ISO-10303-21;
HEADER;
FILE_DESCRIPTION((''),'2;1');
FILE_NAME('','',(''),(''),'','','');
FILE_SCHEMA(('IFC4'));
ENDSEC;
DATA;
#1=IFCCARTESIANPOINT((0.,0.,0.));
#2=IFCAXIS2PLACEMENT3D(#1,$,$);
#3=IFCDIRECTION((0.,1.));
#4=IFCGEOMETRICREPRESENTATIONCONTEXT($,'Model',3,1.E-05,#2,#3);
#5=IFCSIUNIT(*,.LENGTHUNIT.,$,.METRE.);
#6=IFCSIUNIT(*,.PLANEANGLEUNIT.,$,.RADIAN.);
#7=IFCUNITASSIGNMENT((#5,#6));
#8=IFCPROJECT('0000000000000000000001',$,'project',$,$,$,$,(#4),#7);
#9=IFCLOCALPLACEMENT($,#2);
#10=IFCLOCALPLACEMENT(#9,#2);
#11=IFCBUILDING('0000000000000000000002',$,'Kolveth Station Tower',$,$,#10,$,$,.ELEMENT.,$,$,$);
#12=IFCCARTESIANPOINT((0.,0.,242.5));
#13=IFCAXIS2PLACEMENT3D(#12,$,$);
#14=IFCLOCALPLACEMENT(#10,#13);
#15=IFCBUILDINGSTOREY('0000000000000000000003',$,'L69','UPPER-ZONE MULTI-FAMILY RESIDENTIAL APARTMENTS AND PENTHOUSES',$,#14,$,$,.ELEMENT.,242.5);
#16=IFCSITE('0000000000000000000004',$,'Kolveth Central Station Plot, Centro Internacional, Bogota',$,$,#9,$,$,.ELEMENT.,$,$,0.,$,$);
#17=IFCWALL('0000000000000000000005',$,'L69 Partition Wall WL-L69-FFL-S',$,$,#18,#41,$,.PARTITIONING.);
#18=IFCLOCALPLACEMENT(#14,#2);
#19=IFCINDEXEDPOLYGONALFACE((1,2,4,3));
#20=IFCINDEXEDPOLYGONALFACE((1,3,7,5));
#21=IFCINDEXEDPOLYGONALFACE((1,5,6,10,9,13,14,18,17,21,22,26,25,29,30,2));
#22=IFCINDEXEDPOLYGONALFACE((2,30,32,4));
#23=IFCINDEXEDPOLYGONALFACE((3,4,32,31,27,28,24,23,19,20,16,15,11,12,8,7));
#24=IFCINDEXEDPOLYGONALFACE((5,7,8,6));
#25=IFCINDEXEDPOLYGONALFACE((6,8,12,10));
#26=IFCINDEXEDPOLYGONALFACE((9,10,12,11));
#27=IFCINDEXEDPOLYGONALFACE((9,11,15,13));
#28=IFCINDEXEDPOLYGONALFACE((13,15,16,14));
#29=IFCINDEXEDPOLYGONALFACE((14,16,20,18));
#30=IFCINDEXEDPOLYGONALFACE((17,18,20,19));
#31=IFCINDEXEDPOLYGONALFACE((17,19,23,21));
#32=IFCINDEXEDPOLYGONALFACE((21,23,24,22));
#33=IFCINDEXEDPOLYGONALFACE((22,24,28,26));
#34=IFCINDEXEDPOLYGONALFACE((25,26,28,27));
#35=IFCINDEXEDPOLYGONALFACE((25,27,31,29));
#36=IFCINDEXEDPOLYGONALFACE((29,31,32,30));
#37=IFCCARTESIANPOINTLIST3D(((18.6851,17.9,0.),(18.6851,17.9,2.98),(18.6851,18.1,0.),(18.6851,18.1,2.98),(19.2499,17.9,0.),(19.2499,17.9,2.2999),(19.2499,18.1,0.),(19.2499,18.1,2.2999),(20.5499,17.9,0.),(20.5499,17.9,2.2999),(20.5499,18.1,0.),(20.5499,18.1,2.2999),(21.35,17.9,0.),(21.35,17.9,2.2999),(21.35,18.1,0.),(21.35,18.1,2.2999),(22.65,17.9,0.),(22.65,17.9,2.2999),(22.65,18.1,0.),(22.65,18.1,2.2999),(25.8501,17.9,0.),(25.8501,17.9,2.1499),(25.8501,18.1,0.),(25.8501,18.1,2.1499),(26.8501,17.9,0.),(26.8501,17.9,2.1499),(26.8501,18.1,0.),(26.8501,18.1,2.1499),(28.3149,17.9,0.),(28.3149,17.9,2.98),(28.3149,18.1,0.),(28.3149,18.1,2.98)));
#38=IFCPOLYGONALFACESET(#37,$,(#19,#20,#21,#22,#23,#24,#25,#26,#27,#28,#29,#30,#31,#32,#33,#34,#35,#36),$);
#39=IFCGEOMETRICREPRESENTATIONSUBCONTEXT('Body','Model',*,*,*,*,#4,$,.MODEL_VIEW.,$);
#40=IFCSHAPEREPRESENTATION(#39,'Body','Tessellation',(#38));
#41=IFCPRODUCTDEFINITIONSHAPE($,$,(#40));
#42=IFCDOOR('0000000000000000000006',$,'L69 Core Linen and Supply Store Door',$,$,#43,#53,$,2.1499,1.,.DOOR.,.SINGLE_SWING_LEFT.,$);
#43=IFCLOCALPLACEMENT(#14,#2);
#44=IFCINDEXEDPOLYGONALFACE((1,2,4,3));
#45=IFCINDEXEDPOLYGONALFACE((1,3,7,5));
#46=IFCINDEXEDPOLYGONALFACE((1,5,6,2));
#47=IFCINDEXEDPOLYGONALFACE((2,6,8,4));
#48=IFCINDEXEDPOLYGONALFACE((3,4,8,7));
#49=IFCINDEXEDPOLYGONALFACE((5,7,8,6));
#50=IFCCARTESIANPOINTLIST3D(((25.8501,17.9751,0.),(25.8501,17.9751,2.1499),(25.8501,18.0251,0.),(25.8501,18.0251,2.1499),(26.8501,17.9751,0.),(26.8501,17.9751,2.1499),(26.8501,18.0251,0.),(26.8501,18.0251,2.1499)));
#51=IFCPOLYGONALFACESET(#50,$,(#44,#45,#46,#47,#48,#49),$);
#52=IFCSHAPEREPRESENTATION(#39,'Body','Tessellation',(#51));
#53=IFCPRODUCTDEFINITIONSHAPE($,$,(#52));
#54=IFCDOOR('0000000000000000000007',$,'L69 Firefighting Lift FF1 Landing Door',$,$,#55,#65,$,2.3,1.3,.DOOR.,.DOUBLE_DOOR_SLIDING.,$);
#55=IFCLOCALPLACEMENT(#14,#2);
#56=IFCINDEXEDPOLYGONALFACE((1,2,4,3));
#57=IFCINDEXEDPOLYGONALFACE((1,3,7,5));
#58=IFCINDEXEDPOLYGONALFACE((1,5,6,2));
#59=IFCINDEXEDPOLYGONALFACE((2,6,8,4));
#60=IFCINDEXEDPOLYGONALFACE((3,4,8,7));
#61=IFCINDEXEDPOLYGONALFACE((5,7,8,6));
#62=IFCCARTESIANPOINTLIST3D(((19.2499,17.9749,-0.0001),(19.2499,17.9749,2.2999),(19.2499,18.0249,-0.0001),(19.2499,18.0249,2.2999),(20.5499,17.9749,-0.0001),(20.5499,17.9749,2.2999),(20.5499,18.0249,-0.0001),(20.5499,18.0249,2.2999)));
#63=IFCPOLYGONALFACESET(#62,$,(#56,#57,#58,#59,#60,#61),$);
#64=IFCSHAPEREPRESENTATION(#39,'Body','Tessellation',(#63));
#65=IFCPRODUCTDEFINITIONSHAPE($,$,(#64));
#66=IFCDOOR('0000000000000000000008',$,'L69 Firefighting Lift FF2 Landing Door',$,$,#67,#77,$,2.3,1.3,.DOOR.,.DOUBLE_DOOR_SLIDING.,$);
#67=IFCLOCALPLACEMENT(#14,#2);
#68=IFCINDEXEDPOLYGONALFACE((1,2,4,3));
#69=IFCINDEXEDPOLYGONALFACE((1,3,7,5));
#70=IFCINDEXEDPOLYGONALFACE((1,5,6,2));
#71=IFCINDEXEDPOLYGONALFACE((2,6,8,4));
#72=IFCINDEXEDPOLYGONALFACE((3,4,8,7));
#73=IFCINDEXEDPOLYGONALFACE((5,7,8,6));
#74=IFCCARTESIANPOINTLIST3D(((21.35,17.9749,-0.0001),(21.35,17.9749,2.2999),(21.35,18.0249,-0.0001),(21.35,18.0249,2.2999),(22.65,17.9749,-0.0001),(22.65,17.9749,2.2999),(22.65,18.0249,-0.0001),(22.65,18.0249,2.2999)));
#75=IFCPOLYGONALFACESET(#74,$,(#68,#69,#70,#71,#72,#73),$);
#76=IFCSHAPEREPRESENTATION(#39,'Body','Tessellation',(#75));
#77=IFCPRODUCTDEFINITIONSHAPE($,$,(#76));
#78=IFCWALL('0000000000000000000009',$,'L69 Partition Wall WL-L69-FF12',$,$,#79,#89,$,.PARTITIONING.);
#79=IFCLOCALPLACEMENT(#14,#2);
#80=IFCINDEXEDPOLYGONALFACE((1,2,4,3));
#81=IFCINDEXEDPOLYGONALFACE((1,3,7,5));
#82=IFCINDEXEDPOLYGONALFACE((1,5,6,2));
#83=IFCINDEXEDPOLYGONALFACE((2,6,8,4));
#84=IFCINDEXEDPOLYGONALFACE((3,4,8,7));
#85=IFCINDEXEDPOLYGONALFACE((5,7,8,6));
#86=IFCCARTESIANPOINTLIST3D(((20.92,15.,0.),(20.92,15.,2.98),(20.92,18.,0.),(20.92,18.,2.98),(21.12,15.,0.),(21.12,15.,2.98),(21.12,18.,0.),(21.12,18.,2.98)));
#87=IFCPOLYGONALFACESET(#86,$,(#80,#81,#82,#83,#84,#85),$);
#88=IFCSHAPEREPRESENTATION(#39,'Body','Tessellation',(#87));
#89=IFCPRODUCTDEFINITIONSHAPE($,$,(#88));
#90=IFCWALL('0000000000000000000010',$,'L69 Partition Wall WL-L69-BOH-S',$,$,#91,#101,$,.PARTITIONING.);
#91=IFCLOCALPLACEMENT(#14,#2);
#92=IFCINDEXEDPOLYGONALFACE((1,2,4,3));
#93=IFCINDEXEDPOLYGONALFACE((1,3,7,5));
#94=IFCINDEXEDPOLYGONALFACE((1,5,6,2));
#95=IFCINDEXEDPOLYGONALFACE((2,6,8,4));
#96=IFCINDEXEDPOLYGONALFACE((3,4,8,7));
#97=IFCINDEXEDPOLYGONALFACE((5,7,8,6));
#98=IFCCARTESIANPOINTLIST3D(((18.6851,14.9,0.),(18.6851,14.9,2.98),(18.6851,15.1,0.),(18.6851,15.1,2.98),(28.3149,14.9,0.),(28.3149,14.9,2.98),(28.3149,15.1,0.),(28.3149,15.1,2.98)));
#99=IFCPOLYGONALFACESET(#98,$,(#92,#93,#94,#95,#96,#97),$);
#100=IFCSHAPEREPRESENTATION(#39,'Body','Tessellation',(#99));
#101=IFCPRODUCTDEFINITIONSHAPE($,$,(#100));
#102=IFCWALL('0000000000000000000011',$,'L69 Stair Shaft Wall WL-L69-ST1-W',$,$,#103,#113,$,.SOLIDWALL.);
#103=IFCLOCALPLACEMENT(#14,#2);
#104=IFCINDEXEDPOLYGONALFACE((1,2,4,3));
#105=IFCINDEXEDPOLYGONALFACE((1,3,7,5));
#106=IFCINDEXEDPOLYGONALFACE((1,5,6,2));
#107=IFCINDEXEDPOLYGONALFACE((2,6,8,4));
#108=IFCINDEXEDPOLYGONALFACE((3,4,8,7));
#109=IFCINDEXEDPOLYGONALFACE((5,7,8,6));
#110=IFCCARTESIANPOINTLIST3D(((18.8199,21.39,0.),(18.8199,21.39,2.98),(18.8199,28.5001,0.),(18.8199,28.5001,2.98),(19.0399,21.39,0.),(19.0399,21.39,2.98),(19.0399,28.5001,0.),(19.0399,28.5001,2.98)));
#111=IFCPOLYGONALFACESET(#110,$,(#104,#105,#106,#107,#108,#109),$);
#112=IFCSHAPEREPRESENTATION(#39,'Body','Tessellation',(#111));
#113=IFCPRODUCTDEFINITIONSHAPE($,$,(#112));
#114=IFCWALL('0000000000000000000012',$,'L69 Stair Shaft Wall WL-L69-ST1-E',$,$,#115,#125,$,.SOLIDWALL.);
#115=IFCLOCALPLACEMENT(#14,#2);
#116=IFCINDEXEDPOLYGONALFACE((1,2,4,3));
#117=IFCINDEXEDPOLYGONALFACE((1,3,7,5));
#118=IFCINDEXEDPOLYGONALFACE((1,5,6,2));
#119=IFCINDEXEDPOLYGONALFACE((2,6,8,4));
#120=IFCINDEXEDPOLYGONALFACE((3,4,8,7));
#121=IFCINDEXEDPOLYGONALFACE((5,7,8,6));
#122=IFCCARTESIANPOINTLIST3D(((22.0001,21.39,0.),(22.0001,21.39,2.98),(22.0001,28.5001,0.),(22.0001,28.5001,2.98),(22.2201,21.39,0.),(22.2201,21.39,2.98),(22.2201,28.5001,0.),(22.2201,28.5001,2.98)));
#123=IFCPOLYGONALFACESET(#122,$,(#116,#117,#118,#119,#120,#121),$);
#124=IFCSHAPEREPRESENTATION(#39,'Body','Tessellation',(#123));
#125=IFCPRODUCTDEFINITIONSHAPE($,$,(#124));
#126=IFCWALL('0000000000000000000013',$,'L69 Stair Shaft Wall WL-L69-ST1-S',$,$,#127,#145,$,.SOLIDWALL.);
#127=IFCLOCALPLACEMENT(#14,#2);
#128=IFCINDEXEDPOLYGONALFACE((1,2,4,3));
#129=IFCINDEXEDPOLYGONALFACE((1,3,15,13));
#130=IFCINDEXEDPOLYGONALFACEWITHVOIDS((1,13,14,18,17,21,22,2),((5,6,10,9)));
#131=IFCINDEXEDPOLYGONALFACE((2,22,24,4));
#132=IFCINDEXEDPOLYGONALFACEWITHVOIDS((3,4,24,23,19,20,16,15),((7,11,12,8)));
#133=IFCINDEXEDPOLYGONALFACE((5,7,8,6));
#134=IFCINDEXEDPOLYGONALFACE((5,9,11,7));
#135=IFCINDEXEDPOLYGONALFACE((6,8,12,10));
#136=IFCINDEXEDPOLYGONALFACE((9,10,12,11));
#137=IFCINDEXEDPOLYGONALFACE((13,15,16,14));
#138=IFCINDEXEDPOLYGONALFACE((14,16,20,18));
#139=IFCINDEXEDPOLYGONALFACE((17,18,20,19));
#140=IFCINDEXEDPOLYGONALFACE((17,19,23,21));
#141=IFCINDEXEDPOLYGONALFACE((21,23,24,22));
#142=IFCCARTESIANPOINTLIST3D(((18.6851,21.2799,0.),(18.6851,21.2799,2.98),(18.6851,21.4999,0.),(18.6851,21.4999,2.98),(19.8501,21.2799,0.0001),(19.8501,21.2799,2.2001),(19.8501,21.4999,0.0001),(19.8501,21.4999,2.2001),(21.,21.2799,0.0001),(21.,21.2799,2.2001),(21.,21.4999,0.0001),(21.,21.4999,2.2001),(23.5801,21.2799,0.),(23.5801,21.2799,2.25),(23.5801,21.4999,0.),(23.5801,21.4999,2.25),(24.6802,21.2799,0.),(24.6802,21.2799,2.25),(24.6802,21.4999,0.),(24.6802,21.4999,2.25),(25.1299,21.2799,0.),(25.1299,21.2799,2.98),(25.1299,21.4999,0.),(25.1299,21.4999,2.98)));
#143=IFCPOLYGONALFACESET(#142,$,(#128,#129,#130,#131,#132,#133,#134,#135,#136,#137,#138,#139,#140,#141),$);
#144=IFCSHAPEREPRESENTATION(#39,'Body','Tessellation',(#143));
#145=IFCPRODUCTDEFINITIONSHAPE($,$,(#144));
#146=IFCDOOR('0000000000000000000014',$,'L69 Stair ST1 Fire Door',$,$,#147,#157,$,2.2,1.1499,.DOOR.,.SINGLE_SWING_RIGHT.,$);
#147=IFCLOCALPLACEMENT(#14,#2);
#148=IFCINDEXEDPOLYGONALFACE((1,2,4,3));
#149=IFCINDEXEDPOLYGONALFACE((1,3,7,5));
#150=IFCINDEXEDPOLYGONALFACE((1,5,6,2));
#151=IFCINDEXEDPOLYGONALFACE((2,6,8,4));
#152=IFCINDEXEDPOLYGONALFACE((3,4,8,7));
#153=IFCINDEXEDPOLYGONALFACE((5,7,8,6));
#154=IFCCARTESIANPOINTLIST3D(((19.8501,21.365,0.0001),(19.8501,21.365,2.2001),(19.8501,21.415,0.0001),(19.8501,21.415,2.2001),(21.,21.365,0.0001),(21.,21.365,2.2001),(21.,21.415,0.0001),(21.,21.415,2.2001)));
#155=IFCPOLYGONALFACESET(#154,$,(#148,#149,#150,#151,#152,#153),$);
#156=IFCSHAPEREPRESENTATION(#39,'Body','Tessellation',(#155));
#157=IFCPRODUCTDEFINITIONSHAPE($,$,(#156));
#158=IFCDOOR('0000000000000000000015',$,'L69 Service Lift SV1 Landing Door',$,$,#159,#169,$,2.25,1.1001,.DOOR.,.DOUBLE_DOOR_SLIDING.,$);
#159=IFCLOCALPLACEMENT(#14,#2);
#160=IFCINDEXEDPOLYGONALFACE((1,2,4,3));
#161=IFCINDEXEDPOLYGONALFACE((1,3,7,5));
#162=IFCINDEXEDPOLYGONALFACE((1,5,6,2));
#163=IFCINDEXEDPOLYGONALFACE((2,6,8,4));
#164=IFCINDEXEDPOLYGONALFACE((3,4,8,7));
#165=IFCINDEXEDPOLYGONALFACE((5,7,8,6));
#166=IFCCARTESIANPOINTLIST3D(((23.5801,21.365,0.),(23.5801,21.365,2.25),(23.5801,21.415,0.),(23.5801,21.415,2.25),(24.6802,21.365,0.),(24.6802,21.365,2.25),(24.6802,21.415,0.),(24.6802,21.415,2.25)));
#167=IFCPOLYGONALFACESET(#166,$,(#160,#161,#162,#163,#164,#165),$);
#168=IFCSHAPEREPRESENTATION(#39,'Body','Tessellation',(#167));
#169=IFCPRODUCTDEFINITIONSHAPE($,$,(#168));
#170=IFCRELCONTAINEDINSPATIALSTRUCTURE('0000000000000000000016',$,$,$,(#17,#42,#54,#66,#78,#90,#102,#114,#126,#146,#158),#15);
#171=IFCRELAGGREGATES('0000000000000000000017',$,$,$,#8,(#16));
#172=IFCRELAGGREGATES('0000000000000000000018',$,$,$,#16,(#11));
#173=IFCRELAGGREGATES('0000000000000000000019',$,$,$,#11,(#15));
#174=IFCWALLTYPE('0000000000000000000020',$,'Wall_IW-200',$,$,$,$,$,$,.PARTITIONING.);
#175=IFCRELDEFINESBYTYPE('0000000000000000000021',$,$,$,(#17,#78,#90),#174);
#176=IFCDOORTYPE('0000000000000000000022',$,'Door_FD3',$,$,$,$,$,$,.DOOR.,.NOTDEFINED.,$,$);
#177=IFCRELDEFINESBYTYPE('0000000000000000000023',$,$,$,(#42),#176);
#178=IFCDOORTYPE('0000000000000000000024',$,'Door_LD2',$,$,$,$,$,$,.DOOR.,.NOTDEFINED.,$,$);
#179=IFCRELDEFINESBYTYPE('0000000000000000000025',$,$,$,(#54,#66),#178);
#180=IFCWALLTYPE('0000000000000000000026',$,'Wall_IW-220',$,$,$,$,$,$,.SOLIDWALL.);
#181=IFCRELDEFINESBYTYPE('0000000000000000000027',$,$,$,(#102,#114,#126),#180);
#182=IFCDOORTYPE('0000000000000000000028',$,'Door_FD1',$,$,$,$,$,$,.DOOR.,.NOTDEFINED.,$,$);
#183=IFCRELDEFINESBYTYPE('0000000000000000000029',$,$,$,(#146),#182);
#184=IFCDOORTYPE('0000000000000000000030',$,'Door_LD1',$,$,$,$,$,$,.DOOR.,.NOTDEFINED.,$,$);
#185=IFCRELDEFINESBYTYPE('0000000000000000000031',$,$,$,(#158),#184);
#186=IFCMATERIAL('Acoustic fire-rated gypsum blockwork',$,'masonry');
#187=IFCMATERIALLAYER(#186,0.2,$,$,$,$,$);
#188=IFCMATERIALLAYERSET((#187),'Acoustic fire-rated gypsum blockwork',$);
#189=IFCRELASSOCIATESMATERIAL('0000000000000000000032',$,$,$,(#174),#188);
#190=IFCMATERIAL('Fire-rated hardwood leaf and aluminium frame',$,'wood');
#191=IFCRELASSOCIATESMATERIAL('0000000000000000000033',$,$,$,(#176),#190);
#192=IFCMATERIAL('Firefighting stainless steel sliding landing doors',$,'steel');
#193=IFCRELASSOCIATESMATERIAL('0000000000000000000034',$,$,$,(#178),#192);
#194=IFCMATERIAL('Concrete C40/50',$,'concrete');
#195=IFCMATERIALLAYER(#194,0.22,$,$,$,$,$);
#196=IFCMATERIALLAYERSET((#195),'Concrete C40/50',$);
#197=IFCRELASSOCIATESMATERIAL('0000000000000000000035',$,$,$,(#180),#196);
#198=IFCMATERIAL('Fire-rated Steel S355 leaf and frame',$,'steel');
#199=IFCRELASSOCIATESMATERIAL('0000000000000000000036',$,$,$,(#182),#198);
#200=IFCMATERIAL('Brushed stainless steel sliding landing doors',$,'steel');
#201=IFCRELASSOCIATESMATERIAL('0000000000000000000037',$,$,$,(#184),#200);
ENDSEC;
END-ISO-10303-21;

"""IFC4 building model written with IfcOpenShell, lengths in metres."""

from ifc_helpers import new_model, si_unit, direction, frame, frame_2d, origin, place, context, subcontext, project, spatial, rectangle, extrude, material, layer, layer_set, type_object, element, fill, save


model = new_model("IFC4")

# Units and contexts
model_context = context("Model", 3, precision=1e-05, world=origin(), true_north=direction((0.0, 1.0)))
body_context = subcontext(model_context, "Body", "Model", "MODEL_VIEW")
ifc_project = project(units=[si_unit("LENGTHUNIT", "METRE"), si_unit("PLANEANGLEUNIT", "RADIAN")], contexts=[model_context])

# Site, building, storey
site_placement = place(None, origin())
site = spatial("IfcSite", under=ifc_project, at=site_placement, Name="Kolveth Central Station Plot, Centro Internacional, Bogota", CompositionType="ELEMENT", RefElevation=0.0)
building_placement = place(site_placement, origin())
building = spatial("IfcBuilding", under=site, at=building_placement, Name="Kolveth Station Tower", CompositionType="ELEMENT")
storey_placement = place(building_placement, frame((0.0, 0.0, 242.5)))
storey = spatial("IfcBuildingStorey", under=building, at=storey_placement, Name="L69", Description="UPPER-ZONE MULTI-FAMILY RESIDENTIAL APARTMENTS AND PENTHOUSES", CompositionType="ELEMENT", Elevation=242.5)

# Shared definitions
ifc_material_1 = material(Name="Acoustic fire-rated gypsum blockwork", Category="masonry")
ifc_layer_1 = layer(ifc_material_1, 0.2)
ifc_layer_set_1 = layer_set([ifc_layer_1], Name="Acoustic fire-rated gypsum blockwork")
wall_type_1 = type_object("IfcWallType", Name="Wall_IW-200", PredefinedType="PARTITIONING", material=ifc_layer_set_1)

# Wall, openings, doors
wall_1_placement = place(storey_placement, frame((18.6851, 18.0, 0.0), z_axis=(0.0, 0.0, 1.0), x_axis=(1.0, 0.0, 0.0)))
wall_1 = element("IfcWall", 1, at=wall_1_placement, inside=storey, type_object=wall_type_1, Name="L69 Partition Wall WL-L69-FFL-S", PredefinedType="PARTITIONING", context=body_context, shape_type="SweptSolid", body=[
    extrude(rectangle(XDim=9.6299, YDim=0.2, at=frame_2d((4.8149, 0.0))), origin(), (0.0, 0.0, 1.0), 2.98),
])
opening_1_placement = place(wall_1_placement, frame((0.5649, 0.0, 0.0)))
opening_1 = element("IfcOpeningElement", 2, at=opening_1_placement, cuts=wall_1, PredefinedType="OPENING", context=body_context, shape_type="SweptSolid", body=[
    extrude(rectangle(XDim=1.3, YDim=2.3, at=frame_2d((0.6499, 1.1499))), frame((0.0, 0.1099, 0.0), z_axis=(0.0, -1.0, 0.0), x_axis=(1.0, 0.0, 0.0)), (0.0, 0.0, 1.0), 0.22),
])
opening_2_placement = place(wall_1_placement, frame((2.665, 0.0, 0.0)))
opening_2 = element("IfcOpeningElement", 3, at=opening_2_placement, cuts=wall_1, PredefinedType="OPENING", context=body_context, shape_type="SweptSolid", body=[
    extrude(rectangle(XDim=1.3, YDim=2.3, at=frame_2d((0.6499, 1.1499))), frame((0.0, 0.1099, 0.0), z_axis=(0.0, -1.0, 0.0), x_axis=(1.0, 0.0, 0.0)), (0.0, 0.0, 1.0), 0.22),
])
opening_3_placement = place(wall_1_placement, frame((7.165, 0.0, 0.0)))
opening_3 = element("IfcOpeningElement", 4, at=opening_3_placement, cuts=wall_1, PredefinedType="OPENING", context=body_context, shape_type="SweptSolid", body=[
    extrude(rectangle(XDim=1.0, YDim=2.1499, at=frame_2d((0.5, 1.075))), frame((0.0, 0.1099, 0.0), z_axis=(0.0, -1.0, 0.0), x_axis=(1.0, 0.0, 0.0)), (0.0, 0.0, 1.0), 0.22),
])
ifc_material_2 = material(Name="Fire-rated hardwood leaf and aluminium frame", Category="wood")
door_type_1 = type_object("IfcDoorType", Name="Door_FD3", OperationType="NOTDEFINED", PredefinedType="DOOR", material=ifc_material_2)
door_1_placement = place(opening_3_placement, frame((1.0, 0.0, 0.0), z_axis=(0.0, 0.0, 1.0), x_axis=(-1.0, 0.0, 0.0)))
door_1 = element("IfcDoor", 5, at=door_1_placement, inside=storey, type_object=door_type_1, Name="L69 Core Linen and Supply Store Door", OperationType="SINGLE_SWING_LEFT", OverallHeight=2.1499, OverallWidth=1.0, PredefinedType="DOOR", context=body_context, shape_type="SweptSolid", body=[
    extrude(rectangle(XDim=1.0, YDim=2.1499, at=frame_2d((0.5, 1.075))), frame((0.0, 0.0249, 0.0), z_axis=(0.0, -1.0, 0.0), x_axis=(1.0, 0.0, 0.0)), (0.0, 0.0, 1.0), 0.05),
])
fill(opening_3, door_1)
ifc_material_3 = material(Name="Firefighting stainless steel sliding landing doors", Category="steel")
door_type_2 = type_object("IfcDoorType", Name="Door_LD2", OperationType="NOTDEFINED", PredefinedType="DOOR", material=ifc_material_3)
door_2_placement = place(opening_1_placement, origin())
door_2 = element("IfcDoor", 6, at=door_2_placement, inside=storey, type_object=door_type_2, Name="L69 Firefighting Lift FF1 Landing Door", OperationType="DOUBLE_DOOR_SLIDING", OverallHeight=2.3, OverallWidth=1.3, PredefinedType="DOOR", context=body_context, shape_type="SweptSolid", body=[
    extrude(rectangle(XDim=1.3, YDim=2.3, at=frame_2d((0.6499, 1.1499))), frame((0.0, 0.0249, 0.0), z_axis=(0.0, -1.0, 0.0), x_axis=(1.0, 0.0, 0.0)), (0.0, 0.0, 1.0), 0.05),
])
fill(opening_1, door_2)
door_3_placement = place(opening_2_placement, origin())
door_3 = element("IfcDoor", 7, at=door_3_placement, inside=storey, type_object=door_type_2, Name="L69 Firefighting Lift FF2 Landing Door", OperationType="DOUBLE_DOOR_SLIDING", OverallHeight=2.3, OverallWidth=1.3, PredefinedType="DOOR", context=body_context, shape_type="SweptSolid", body=[
    extrude(rectangle(XDim=1.3, YDim=2.3, at=frame_2d((0.6499, 1.1499))), frame((0.0, 0.0249, 0.0), z_axis=(0.0, -1.0, 0.0), x_axis=(1.0, 0.0, 0.0)), (0.0, 0.0, 1.0), 0.05),
])
fill(opening_2, door_3)

# Walls
wall_2_placement = place(storey_placement, frame((21.02, 15.0, 0.0), z_axis=(0.0, 0.0, 1.0), x_axis=(0.0, 1.0, 0.0)))
element("IfcWall", 8, at=wall_2_placement, inside=storey, type_object=wall_type_1, Name="L69 Partition Wall WL-L69-FF12", PredefinedType="PARTITIONING", context=body_context, shape_type="SweptSolid", body=[
    extrude(rectangle(XDim=3.0, YDim=0.2, at=frame_2d((1.5, 0.0))), origin(), (0.0, 0.0, 1.0), 2.98),
])
wall_3_placement = place(storey_placement, frame((18.6851, 15.0, 0.0), z_axis=(0.0, 0.0, 1.0), x_axis=(1.0, 0.0, 0.0)))
element("IfcWall", 9, at=wall_3_placement, inside=storey, type_object=wall_type_1, Name="L69 Partition Wall WL-L69-BOH-S", PredefinedType="PARTITIONING", context=body_context, shape_type="SweptSolid", body=[
    extrude(rectangle(XDim=9.6299, YDim=0.2, at=frame_2d((4.8149, 0.0))), origin(), (0.0, 0.0, 1.0), 2.98),
])
ifc_material_4 = material(Name="Concrete C40/50", Category="concrete")
ifc_layer_2 = layer(ifc_material_4, 0.22)
ifc_layer_set_2 = layer_set([ifc_layer_2], Name="Concrete C40/50")
wall_type_2 = type_object("IfcWallType", Name="Wall_IW-220", PredefinedType="SOLIDWALL", material=ifc_layer_set_2)
for number, where, z_axis, x_axis, name in (
    (10, (18.9299, 21.3899, 0.0), (0.0, 0.0, 1.0), (0.0, 1.0, 0.0), "L69 Stair Shaft Wall WL-L69-ST1-W"),
    (11, (22.1101, 21.3899, 0.0), (0.0, 0.0, 1.0), (0.0, 1.0, 0.0), "L69 Stair Shaft Wall WL-L69-ST1-E"),
):
    element("IfcWall", number, at=place(storey_placement, frame(where, z_axis=z_axis, x_axis=x_axis)), inside=storey, type_object=wall_type_2, Name=name, PredefinedType="SOLIDWALL", context=body_context, shape_type="SweptSolid", body=[
        extrude(rectangle(XDim=7.1101, YDim=0.22, at=frame_2d((3.5552, 0.0))), origin(), (0.0, 0.0, 1.0), 2.98),
    ])

# Wall, openings, doors
wall_4_placement = place(storey_placement, frame((18.6851, 21.3899, 0.0), z_axis=(0.0, 0.0, 1.0), x_axis=(1.0, 0.0, 0.0)))
wall_4 = element("IfcWall", 12, at=wall_4_placement, inside=storey, type_object=wall_type_2, Name="L69 Stair Shaft Wall WL-L69-ST1-S", PredefinedType="SOLIDWALL", context=body_context, shape_type="SweptSolid", body=[
    extrude(rectangle(XDim=6.4448, YDim=0.22, at=frame_2d((3.2224, 0.0))), origin(), (0.0, 0.0, 1.0), 2.98),
])
opening_4_placement = place(wall_4_placement, frame((1.165, 0.0, 0.0)))
opening_4 = element("IfcOpeningElement", 13, at=opening_4_placement, cuts=wall_4, PredefinedType="OPENING", context=body_context, shape_type="SweptSolid", body=[
    extrude(rectangle(XDim=1.1499, YDim=2.2, at=frame_2d((0.575, 1.1001))), frame((0.0, 0.1199, 0.0), z_axis=(0.0, -1.0, 0.0), x_axis=(1.0, 0.0, 0.0)), (0.0, 0.0, 1.0), 0.24),
])
opening_5_placement = place(wall_4_placement, frame((4.895, 0.0, 0.0)))
opening_5 = element("IfcOpeningElement", 14, at=opening_5_placement, cuts=wall_4, PredefinedType="OPENING", context=body_context, shape_type="SweptSolid", body=[
    extrude(rectangle(XDim=1.1001, YDim=2.25, at=frame_2d((0.55, 1.125))), frame((0.0, 0.1199, 0.0), z_axis=(0.0, -1.0, 0.0), x_axis=(1.0, 0.0, 0.0)), (0.0, 0.0, 1.0), 0.24),
])
ifc_material_5 = material(Name="Fire-rated Steel S355 leaf and frame", Category="steel")
door_type_3 = type_object("IfcDoorType", Name="Door_FD1", OperationType="NOTDEFINED", PredefinedType="DOOR", material=ifc_material_5)
door_4_placement = place(opening_4_placement, frame((1.1499, 0.0, 0.0), z_axis=(0.0, 0.0, 1.0), x_axis=(-1.0, 0.0, 0.0)))
door_4 = element("IfcDoor", 15, at=door_4_placement, inside=storey, type_object=door_type_3, Name="L69 Stair ST1 Fire Door", OperationType="SINGLE_SWING_RIGHT", OverallHeight=2.2, OverallWidth=1.1499, PredefinedType="DOOR", context=body_context, shape_type="SweptSolid", body=[
    extrude(rectangle(XDim=1.1499, YDim=2.2, at=frame_2d((0.575, 1.1001))), frame((0.0, 0.0249, 0.0), z_axis=(0.0, -1.0, 0.0), x_axis=(1.0, 0.0, 0.0)), (0.0, 0.0, 1.0), 0.05),
])
fill(opening_4, door_4)
ifc_material_6 = material(Name="Brushed stainless steel sliding landing doors", Category="steel")
door_type_4 = type_object("IfcDoorType", Name="Door_LD1", OperationType="NOTDEFINED", PredefinedType="DOOR", material=ifc_material_6)
door_5_placement = place(opening_5_placement, frame((1.1001, 0.0, 0.0), z_axis=(0.0, 0.0, 1.0), x_axis=(-1.0, 0.0, 0.0)))
door_5 = element("IfcDoor", 16, at=door_5_placement, inside=storey, type_object=door_type_4, Name="L69 Service Lift SV1 Landing Door", OperationType="DOUBLE_DOOR_SLIDING", OverallHeight=2.25, OverallWidth=1.1001, PredefinedType="DOOR", context=body_context, shape_type="SweptSolid", body=[
    extrude(rectangle(XDim=1.1001, YDim=2.25, at=frame_2d((0.55, 1.125))), frame((0.0, 0.0249, 0.0), z_axis=(0.0, -1.0, 0.0), x_axis=(1.0, 0.0, 0.0)), (0.0, 0.0, 1.0), 0.05),
])
fill(opening_5, door_5)

save(model, "model.ifc")
